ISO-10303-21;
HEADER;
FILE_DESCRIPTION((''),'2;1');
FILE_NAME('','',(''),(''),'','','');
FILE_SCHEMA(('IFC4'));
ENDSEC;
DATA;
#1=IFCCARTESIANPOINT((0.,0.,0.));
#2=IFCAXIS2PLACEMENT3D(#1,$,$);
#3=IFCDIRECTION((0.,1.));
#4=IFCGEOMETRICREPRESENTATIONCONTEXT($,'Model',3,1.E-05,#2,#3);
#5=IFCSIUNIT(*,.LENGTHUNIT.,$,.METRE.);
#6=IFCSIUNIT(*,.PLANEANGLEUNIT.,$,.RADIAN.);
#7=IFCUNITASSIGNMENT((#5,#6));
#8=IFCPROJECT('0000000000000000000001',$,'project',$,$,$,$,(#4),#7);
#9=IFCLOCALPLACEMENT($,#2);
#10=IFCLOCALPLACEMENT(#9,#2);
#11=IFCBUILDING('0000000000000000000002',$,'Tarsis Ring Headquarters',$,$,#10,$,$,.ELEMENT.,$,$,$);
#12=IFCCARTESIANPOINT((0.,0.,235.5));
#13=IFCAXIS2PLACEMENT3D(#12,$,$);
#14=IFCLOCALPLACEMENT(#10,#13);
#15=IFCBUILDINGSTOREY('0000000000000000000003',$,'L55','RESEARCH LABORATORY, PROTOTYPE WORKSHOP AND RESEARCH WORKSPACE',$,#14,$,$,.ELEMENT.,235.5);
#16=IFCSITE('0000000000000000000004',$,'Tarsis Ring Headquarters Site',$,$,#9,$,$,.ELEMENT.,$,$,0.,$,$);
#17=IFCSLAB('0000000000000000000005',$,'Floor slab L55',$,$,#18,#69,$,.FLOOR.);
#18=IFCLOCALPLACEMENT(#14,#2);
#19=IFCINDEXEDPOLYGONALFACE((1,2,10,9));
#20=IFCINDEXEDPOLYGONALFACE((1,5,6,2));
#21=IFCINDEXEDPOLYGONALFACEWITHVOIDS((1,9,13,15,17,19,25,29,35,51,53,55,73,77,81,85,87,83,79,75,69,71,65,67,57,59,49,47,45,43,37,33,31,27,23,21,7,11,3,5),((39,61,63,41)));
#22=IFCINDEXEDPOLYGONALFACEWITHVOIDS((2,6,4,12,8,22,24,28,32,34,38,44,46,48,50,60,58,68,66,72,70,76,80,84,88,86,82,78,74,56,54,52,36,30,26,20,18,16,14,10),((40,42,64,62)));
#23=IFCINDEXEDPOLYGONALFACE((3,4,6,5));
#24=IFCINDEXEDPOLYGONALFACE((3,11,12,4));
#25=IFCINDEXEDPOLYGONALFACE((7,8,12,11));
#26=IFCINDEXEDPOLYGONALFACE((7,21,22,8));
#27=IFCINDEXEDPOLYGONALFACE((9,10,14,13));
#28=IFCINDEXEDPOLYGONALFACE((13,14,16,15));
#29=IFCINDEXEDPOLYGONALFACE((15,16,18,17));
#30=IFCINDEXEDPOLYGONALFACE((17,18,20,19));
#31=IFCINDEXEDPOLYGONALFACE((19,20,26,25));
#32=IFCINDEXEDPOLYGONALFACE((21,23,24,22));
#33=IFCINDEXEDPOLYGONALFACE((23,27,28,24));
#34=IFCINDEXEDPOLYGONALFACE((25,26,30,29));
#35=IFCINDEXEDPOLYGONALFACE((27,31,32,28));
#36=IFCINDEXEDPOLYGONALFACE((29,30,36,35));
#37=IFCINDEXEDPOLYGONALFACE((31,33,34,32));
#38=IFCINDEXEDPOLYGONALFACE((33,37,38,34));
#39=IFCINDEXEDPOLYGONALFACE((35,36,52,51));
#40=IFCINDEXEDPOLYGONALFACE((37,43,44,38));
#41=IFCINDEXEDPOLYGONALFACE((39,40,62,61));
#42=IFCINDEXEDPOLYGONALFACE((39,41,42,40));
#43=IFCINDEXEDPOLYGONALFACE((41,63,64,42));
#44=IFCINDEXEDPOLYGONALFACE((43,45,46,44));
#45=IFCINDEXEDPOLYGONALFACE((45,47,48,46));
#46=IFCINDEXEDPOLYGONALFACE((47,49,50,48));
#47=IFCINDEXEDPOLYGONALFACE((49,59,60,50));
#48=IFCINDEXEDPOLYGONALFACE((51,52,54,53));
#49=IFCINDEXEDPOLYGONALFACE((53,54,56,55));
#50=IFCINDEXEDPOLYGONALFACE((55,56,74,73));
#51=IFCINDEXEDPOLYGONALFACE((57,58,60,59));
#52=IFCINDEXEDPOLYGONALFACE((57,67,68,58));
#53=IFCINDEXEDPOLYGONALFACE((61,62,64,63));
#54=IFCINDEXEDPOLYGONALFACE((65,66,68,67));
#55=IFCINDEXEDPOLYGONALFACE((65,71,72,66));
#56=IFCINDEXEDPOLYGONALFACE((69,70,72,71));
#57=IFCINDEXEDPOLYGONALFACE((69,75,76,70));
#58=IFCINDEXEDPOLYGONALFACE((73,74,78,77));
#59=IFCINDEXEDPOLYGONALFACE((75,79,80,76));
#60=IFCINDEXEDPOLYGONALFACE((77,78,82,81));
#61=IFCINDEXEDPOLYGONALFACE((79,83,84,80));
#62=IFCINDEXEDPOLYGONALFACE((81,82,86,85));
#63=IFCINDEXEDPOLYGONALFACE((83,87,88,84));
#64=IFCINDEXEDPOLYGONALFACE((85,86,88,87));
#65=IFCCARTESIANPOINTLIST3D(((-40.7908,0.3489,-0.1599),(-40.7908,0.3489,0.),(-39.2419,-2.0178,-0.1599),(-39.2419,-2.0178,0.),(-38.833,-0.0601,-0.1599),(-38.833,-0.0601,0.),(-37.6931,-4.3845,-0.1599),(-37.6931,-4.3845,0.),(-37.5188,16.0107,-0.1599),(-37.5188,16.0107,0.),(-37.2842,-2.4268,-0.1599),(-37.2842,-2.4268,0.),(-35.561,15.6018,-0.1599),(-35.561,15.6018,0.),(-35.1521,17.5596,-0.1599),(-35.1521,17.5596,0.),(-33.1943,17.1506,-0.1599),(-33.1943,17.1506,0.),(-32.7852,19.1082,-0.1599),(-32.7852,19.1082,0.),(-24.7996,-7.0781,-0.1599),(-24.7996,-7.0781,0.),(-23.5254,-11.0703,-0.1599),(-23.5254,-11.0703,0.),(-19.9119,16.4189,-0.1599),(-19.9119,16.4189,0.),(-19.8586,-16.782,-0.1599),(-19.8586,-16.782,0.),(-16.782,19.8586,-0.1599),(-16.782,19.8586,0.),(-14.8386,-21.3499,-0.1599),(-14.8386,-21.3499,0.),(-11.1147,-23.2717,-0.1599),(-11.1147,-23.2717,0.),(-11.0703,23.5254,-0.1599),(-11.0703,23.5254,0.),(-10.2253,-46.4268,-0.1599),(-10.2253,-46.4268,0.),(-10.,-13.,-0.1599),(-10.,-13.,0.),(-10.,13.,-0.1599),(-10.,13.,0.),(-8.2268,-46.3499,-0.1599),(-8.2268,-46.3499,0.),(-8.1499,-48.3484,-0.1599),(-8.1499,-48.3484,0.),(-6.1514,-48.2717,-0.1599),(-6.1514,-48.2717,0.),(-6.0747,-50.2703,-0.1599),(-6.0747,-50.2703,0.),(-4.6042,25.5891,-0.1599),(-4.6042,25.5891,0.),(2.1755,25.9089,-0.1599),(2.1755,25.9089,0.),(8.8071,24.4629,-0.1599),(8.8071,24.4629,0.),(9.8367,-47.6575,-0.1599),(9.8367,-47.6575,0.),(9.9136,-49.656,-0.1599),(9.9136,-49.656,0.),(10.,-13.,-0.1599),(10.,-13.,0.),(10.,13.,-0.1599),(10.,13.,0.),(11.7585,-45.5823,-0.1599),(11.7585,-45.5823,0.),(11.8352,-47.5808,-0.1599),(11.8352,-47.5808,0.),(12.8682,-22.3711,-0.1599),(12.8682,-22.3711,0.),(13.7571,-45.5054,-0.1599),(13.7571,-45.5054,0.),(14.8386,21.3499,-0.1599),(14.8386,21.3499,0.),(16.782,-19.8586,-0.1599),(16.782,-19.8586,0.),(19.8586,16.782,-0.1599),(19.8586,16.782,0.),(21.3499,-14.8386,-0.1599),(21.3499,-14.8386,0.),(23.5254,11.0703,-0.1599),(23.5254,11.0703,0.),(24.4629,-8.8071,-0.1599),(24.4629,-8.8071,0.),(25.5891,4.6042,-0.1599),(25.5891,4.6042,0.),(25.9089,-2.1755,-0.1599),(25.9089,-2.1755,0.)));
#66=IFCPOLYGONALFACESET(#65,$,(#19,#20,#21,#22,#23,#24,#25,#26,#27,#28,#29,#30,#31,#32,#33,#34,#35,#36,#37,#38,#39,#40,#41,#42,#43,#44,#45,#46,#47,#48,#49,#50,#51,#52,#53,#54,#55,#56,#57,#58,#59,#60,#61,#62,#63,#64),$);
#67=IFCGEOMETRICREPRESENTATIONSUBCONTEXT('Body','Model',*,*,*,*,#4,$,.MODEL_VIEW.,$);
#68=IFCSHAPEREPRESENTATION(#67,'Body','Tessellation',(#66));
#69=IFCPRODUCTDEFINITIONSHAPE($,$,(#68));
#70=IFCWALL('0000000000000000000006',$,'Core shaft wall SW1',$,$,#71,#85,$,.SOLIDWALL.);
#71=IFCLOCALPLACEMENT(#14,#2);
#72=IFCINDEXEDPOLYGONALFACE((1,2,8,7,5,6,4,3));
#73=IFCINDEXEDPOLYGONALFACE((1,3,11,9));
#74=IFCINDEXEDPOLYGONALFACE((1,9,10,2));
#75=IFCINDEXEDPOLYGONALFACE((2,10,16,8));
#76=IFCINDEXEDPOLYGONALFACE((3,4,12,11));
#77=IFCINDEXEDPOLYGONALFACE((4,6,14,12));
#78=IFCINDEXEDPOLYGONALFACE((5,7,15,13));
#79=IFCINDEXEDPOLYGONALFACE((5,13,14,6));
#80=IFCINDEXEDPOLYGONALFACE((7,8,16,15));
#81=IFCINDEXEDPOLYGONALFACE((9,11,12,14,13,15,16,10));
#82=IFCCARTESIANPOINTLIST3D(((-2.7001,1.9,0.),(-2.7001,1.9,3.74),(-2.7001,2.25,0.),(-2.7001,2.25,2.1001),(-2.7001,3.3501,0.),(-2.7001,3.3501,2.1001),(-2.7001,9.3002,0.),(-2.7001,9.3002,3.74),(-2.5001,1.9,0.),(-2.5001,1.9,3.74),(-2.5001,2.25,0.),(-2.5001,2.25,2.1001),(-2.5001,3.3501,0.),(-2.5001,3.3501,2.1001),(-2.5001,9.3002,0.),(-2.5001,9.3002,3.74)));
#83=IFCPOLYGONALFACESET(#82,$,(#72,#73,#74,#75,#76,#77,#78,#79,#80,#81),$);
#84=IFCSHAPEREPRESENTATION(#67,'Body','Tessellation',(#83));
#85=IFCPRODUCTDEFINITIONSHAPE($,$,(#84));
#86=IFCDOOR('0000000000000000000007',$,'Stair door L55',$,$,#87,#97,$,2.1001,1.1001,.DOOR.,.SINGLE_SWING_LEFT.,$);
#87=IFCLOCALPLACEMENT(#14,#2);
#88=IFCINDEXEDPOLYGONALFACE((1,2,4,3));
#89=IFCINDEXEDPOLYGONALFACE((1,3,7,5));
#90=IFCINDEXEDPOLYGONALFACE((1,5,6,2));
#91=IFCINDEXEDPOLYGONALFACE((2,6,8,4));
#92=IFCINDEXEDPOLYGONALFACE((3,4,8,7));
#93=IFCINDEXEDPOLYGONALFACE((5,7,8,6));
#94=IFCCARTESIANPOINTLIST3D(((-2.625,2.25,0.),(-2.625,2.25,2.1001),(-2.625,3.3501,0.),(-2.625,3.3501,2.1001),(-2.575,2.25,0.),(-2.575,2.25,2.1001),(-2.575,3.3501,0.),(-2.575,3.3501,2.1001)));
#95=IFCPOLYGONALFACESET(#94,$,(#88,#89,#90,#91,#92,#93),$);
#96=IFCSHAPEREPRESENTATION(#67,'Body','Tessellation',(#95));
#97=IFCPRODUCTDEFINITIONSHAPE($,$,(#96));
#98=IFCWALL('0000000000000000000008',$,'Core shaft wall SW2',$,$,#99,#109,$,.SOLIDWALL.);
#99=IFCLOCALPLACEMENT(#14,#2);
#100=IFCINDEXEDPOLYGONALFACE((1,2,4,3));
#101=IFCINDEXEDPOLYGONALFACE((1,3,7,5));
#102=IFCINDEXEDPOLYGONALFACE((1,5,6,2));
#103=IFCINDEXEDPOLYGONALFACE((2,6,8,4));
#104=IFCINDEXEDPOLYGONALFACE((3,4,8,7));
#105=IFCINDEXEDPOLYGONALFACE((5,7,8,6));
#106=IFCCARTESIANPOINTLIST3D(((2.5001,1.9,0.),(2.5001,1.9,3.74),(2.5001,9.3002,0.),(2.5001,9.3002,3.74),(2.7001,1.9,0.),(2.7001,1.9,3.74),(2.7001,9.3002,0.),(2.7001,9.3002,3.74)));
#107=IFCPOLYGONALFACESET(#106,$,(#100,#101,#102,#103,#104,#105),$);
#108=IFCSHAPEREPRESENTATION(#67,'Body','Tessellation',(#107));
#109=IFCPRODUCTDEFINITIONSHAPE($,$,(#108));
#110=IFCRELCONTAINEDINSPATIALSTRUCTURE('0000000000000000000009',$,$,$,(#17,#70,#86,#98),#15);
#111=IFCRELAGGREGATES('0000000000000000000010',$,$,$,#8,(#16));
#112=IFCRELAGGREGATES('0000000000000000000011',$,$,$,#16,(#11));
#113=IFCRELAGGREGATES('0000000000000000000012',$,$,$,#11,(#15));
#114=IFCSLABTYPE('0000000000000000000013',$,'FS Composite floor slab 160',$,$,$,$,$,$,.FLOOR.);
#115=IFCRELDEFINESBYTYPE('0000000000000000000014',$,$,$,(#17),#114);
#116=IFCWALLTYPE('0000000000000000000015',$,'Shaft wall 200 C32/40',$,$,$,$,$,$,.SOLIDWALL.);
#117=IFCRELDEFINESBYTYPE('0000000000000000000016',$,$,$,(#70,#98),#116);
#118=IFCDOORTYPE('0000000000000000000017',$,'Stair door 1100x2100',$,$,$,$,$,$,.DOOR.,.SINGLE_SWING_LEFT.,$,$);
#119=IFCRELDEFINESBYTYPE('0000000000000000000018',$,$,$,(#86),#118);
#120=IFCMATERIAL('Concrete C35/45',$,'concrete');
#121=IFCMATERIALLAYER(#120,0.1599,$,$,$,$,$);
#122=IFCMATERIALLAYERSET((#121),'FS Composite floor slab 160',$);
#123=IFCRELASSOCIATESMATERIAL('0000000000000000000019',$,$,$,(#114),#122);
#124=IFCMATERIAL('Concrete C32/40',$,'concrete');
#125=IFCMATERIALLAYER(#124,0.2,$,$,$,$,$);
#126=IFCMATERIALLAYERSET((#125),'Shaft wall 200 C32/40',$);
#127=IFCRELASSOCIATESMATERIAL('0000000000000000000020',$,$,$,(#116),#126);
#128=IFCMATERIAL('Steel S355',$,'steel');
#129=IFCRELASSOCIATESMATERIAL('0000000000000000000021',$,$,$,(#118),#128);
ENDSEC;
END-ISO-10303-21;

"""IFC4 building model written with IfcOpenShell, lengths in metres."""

from ifc_helpers import new_model, si_unit, direction, frame, frame_2d, origin, place, context, subcontext, project, spatial, polyline, rectangle, outline, extrude, material, layer, layer_set, type_object, element, fill, save


model = new_model("IFC4")

# Units and contexts
model_context = context("Model", 3, precision=1e-05, world=origin(), true_north=direction((0.0, 1.0)))
body_context = subcontext(model_context, "Body", "Model", "MODEL_VIEW")
ifc_project = project(units=[si_unit("LENGTHUNIT", "METRE"), si_unit("PLANEANGLEUNIT", "RADIAN")], contexts=[model_context])

# Site, building, storey
site_placement = place(None, origin())
site = spatial("IfcSite", under=ifc_project, at=site_placement, Name="Tarsis Ring Headquarters Site", CompositionType="ELEMENT", RefElevation=0.0)
building_placement = place(site_placement, origin())
building = spatial("IfcBuilding", under=site, at=building_placement, Name="Tarsis Ring Headquarters", CompositionType="ELEMENT")
storey_placement = place(building_placement, frame((0.0, 0.0, 235.5)))
storey = spatial("IfcBuildingStorey", under=building, at=storey_placement, Name="L55", Description="RESEARCH LABORATORY, PROTOTYPE WORKSHOP AND RESEARCH WORKSPACE", CompositionType="ELEMENT", Elevation=235.5)

# Slab
ifc_material_1 = material(Name="Concrete C35/45", Category="concrete")
ifc_layer_1 = layer(ifc_material_1, 0.1599)
ifc_layer_set_1 = layer_set([ifc_layer_1], Name="FS Composite floor slab 160")
slab_type_1 = type_object("IfcSlabType", Name="FS Composite floor slab 160", PredefinedType="FLOOR", material=ifc_layer_set_1)
slab_1_placement = place(storey_placement, frame((0.0, 0.0, -0.1599)))
element("IfcSlab", 1, at=slab_1_placement, inside=storey, type_object=slab_type_1, Name="Floor slab L55", PredefinedType="FLOOR", context=body_context, shape_type="SweptSolid", body=[
    extrude(outline(polyline([(-24.7996, -7.0781), (-23.5254, -11.0703), (-19.8586, -16.782), (-14.8386, -21.3499), (-11.1147, -23.2717), (-10.2253, -46.4268), (-8.2268, -46.3499), (-8.1499, -48.3484), (-6.1514, -48.2717), (-6.0747, -50.2703), (9.9136, -49.656), (9.8367, -47.6575), (11.8352, -47.5808), (11.7585, -45.5823), (13.7571, -45.5054), (12.8682, -22.3711), (16.782, -19.8586), (21.3499, -14.8386), (24.4629, -8.8071), (25.9089, -2.1755), (25.5891, 4.6042), (23.5254, 11.0703), (19.8586, 16.782), (14.8386, 21.3499), (8.8071, 24.4629), (2.1755, 25.9089), (-4.6042, 25.5891), (-11.0703, 23.5254), (-16.782, 19.8586), (-19.9119, 16.4189), (-32.7852, 19.1082), (-33.1943, 17.1506), (-35.1521, 17.5596), (-35.561, 15.6018), (-37.5188, 16.0107), (-40.7908, 0.3489), (-38.833, -0.0601), (-39.2419, -2.0178), (-37.2842, -2.4268), (-37.6931, -4.3845), (-24.7996, -7.0781)]), holes=[polyline([(-10.0, -13.0), (-10.0, 13.0), (10.0, 13.0), (10.0, -13.0), (-10.0, -13.0)])]), origin(), (0.0, 0.0, 1.0), 0.1599),
])

# Wall, opening, door
ifc_material_2 = material(Name="Concrete C32/40", Category="concrete")
ifc_layer_2 = layer(ifc_material_2, 0.2)
ifc_layer_set_2 = layer_set([ifc_layer_2], Name="Shaft wall 200 C32/40")
wall_type = type_object("IfcWallType", Name="Shaft wall 200 C32/40", PredefinedType="SOLIDWALL", material=ifc_layer_set_2)
wall_1_placement = place(storey_placement, frame((-2.6001, 1.8999, 0.0), z_axis=(0.0, 0.0, 1.0), x_axis=(0.0, 1.0, 0.0)))
wall_1 = element("IfcWall", 2, at=wall_1_placement, inside=storey, type_object=wall_type, Name="Core shaft wall SW1", PredefinedType="SOLIDWALL", context=body_context, shape_type="SweptSolid", body=[
    extrude(rectangle(XDim=7.4001, YDim=0.2, at=frame_2d((3.7002, 0.0))), origin(), (0.0, 0.0, 1.0), 3.74),
])
opening_placement = place(wall_1_placement, frame((0.3501, 0.0, 0.0)))
opening = element("IfcOpeningElement", 3, at=opening_placement, cuts=wall_1, PredefinedType="OPENING", context=body_context, shape_type="SweptSolid", body=[
    extrude(rectangle(XDim=1.1001, YDim=2.1001, at=frame_2d((0.55, 1.05))), frame((0.0, 0.1099, 0.0), z_axis=(0.0, -1.0, 0.0), x_axis=(1.0, 0.0, 0.0)), (0.0, 0.0, 1.0), 0.22),
])
ifc_material_3 = material(Name="Steel S355", Category="steel")
door_type = type_object("IfcDoorType", Name="Stair door 1100x2100", OperationType="SINGLE_SWING_LEFT", PredefinedType="DOOR", material=ifc_material_3)
door_placement = place(opening_placement, origin())
door = element("IfcDoor", 4, at=door_placement, inside=storey, type_object=door_type, Name="Stair door L55", OperationType="SINGLE_SWING_LEFT", OverallHeight=2.1001, OverallWidth=1.1001, PredefinedType="DOOR", context=body_context, shape_type="SweptSolid", body=[
    extrude(rectangle(XDim=1.1001, YDim=2.1001, at=frame_2d((0.55, 1.05))), frame((0.0, 0.0249, 0.0), z_axis=(0.0, -1.0, 0.0), x_axis=(1.0, 0.0, 0.0)), (0.0, 0.0, 1.0), 0.05),
])
fill(opening, door)

# Wall
wall_2_placement = place(storey_placement, frame((2.6001, 1.8999, 0.0), z_axis=(0.0, 0.0, 1.0), x_axis=(0.0, 1.0, 0.0)))
element("IfcWall", 5, at=wall_2_placement, inside=storey, type_object=wall_type, Name="Core shaft wall SW2", PredefinedType="SOLIDWALL", context=body_context, shape_type="SweptSolid", body=[
    extrude(rectangle(XDim=7.4001, YDim=0.2, at=frame_2d((3.7002, 0.0))), origin(), (0.0, 0.0, 1.0), 3.74),
])

save(model, "model.ifc")
